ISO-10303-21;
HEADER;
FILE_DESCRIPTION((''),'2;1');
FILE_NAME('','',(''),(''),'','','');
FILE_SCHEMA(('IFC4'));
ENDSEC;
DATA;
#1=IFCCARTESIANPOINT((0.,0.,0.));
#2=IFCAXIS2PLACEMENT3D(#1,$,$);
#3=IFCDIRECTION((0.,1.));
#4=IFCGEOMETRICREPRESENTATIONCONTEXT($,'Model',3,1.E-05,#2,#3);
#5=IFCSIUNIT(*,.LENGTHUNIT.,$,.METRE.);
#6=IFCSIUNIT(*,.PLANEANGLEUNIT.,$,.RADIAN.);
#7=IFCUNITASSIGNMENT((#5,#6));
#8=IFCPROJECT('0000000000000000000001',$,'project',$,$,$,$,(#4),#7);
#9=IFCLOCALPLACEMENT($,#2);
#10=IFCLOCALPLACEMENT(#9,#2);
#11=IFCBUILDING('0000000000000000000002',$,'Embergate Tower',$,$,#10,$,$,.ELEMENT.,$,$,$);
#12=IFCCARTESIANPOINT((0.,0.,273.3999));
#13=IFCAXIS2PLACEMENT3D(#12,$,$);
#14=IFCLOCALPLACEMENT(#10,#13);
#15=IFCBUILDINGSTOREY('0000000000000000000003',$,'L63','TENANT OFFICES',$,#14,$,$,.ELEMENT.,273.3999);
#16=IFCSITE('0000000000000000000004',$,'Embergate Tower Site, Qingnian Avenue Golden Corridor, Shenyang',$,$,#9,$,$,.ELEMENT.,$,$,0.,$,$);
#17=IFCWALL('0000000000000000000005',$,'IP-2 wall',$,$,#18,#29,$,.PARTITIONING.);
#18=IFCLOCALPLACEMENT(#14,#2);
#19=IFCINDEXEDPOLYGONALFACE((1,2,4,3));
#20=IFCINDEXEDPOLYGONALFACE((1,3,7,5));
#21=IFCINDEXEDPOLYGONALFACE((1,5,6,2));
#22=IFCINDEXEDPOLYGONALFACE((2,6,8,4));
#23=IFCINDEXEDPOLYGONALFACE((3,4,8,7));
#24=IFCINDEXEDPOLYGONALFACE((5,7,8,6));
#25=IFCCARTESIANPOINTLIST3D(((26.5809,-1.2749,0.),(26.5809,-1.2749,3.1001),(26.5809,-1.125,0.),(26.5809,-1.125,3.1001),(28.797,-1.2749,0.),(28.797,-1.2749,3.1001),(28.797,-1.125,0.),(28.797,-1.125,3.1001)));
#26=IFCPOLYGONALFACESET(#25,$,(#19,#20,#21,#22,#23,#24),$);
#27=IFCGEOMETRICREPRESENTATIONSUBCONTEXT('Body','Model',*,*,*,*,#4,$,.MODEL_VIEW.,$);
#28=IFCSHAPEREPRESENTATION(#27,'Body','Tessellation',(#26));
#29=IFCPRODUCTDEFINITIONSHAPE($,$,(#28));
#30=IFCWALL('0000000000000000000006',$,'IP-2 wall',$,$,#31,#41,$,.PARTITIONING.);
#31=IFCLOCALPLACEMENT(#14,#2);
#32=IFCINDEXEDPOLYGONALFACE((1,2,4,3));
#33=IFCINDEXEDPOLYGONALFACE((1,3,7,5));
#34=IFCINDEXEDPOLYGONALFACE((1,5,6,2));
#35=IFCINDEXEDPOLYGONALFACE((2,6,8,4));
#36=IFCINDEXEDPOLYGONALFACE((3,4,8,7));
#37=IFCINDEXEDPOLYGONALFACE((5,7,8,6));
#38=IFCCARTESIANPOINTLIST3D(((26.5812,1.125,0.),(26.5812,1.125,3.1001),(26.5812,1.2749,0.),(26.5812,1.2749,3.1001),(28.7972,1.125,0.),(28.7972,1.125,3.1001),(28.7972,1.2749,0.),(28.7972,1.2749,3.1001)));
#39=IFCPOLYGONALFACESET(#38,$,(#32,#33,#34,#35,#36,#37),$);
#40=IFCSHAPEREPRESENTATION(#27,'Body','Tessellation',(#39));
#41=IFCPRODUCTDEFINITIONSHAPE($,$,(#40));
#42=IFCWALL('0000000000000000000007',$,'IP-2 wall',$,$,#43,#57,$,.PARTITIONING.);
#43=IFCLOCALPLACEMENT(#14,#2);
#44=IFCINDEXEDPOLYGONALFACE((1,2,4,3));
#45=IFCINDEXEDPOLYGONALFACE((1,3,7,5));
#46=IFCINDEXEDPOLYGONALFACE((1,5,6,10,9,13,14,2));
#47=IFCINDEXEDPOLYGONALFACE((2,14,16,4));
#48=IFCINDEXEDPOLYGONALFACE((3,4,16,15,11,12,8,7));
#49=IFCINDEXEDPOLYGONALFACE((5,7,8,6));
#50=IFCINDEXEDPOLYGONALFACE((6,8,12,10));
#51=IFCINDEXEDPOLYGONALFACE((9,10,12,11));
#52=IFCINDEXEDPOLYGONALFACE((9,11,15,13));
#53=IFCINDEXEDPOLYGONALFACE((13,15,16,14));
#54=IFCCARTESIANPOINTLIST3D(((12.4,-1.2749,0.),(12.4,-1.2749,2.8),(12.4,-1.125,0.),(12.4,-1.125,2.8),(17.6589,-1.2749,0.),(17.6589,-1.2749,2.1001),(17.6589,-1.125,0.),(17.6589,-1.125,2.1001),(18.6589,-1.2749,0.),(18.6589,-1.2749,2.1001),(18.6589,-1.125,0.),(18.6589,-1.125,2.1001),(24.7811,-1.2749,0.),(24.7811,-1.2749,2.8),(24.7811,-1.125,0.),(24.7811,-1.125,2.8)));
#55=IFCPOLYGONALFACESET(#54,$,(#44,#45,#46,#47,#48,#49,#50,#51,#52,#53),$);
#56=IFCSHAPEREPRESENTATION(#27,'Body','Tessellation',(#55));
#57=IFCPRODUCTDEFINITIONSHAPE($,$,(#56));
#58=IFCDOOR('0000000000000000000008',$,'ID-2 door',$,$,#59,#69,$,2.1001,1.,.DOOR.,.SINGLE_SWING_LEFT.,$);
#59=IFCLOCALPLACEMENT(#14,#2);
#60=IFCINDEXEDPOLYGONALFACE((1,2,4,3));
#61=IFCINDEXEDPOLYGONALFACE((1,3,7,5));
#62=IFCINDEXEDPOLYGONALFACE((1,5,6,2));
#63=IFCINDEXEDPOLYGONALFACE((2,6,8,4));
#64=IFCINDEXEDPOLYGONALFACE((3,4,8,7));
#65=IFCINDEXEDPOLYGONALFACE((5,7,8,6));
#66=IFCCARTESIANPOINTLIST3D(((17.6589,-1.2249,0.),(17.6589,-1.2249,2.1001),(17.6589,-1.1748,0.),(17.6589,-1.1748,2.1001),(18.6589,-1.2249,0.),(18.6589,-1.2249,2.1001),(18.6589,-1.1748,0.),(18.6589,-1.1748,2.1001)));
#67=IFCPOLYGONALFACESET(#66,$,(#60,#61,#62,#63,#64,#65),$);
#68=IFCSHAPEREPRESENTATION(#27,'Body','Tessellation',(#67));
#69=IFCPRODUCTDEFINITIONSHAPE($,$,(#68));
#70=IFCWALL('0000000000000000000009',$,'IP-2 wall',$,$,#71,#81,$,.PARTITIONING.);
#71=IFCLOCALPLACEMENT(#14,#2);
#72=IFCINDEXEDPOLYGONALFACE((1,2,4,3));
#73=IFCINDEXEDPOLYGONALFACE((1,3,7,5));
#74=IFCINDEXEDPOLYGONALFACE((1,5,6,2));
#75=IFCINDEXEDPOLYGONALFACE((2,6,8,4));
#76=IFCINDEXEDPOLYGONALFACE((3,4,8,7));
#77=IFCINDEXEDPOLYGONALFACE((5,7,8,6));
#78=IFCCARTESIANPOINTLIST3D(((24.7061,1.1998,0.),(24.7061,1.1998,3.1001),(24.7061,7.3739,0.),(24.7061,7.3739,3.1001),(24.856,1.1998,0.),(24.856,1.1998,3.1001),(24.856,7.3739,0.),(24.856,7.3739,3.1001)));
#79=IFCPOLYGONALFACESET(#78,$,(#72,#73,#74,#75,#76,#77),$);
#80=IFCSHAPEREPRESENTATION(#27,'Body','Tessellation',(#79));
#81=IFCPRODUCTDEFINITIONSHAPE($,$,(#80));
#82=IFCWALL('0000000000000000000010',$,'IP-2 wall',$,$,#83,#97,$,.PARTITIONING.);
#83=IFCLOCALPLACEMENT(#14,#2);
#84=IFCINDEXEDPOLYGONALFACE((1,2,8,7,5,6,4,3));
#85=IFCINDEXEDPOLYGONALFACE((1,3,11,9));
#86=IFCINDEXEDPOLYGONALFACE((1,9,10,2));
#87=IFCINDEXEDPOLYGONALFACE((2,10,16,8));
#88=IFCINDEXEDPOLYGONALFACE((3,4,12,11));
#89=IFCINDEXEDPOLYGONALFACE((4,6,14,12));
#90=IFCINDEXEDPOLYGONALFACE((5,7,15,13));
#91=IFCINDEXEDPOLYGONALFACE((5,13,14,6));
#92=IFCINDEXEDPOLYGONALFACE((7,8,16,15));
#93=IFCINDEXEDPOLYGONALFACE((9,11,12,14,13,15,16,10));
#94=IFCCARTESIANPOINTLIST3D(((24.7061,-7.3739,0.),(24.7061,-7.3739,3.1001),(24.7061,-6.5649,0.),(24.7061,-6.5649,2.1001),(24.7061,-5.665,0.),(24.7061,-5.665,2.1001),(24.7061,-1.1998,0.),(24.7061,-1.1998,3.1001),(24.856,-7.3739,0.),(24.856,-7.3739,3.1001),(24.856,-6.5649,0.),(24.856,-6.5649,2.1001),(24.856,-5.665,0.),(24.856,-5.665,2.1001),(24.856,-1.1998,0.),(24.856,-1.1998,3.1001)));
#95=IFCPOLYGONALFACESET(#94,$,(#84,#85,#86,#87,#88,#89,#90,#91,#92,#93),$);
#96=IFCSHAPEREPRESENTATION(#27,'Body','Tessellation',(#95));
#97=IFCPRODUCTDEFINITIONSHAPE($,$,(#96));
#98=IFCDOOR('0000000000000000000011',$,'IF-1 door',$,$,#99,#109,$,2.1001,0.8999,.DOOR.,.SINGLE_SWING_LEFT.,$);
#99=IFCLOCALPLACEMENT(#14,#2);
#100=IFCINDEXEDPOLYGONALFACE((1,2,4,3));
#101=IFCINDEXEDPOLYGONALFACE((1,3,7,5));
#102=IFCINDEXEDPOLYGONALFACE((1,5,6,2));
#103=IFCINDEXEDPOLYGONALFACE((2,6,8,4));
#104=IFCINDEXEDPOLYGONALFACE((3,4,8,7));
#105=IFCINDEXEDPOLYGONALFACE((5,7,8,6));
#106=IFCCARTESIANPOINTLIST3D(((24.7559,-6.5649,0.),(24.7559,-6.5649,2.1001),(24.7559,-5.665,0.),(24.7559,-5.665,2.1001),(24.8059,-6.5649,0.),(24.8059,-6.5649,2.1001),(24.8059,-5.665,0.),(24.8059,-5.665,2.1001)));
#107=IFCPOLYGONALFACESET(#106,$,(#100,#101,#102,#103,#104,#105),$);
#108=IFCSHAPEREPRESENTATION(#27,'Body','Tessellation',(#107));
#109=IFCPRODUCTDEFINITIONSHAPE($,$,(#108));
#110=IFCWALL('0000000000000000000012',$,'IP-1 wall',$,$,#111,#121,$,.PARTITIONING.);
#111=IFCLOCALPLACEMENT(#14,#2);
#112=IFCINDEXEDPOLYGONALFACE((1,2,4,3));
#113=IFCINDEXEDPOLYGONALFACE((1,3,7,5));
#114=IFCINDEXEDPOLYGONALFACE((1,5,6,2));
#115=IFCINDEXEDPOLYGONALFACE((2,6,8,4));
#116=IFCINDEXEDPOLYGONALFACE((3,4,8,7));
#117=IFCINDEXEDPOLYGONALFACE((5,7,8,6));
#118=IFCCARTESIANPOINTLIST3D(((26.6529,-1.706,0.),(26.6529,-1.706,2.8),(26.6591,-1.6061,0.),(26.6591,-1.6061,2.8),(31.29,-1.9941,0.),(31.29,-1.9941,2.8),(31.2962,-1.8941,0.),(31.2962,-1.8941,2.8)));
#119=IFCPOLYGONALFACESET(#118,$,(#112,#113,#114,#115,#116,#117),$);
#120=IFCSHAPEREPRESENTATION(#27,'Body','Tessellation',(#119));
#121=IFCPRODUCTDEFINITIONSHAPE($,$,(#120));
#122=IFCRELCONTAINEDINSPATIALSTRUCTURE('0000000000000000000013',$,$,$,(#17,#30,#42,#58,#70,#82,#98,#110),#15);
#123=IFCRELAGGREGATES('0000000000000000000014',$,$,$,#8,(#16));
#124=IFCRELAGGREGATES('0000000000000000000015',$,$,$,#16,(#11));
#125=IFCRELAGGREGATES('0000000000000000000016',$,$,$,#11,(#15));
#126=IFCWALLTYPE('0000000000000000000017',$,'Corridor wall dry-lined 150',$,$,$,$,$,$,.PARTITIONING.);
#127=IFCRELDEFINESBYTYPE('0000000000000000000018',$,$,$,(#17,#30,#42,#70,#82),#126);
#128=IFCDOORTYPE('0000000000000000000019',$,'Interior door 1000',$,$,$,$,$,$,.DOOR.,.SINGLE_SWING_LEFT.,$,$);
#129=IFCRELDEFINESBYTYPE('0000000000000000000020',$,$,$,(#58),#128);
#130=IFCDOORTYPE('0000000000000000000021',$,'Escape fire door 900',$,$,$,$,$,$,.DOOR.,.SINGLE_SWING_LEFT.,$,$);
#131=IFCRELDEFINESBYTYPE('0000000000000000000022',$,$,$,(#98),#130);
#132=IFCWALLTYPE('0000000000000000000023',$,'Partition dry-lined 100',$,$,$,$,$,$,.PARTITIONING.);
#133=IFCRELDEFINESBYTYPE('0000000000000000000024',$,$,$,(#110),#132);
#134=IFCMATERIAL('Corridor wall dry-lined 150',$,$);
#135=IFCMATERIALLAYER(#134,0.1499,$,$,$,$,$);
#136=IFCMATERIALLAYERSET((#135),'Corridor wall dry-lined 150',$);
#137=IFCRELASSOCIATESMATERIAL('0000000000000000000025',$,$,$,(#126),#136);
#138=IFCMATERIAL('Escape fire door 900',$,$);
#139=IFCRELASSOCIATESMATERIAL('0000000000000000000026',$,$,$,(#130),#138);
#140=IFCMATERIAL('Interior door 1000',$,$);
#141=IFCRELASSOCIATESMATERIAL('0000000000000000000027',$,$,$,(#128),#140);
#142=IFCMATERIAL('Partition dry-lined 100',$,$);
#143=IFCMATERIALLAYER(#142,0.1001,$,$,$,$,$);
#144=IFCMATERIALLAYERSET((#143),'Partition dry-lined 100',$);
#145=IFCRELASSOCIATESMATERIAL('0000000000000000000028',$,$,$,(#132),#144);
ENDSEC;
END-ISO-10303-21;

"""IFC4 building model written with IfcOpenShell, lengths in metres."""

from ifc_helpers import new_model, si_unit, direction, frame, frame_2d, origin, place, context, subcontext, project, spatial, rectangle, extrude, source, transform, mapped, material, layer, layer_set, type_object, element, fill, save


model = new_model("IFC4")

# Units and contexts
model_context = context("Model", 3, precision=1e-05, world=origin(), true_north=direction((0.0, 1.0)))
body_context = subcontext(model_context, "Body", "Model", "MODEL_VIEW")
ifc_project = project(units=[si_unit("LENGTHUNIT", "METRE"), si_unit("PLANEANGLEUNIT", "RADIAN")], contexts=[model_context])

# Site, building, storey
site_placement = place(None, origin())
site = spatial("IfcSite", under=ifc_project, at=site_placement, Name="Embergate Tower Site, Qingnian Avenue Golden Corridor, Shenyang", CompositionType="ELEMENT", RefElevation=0.0)
building_placement = place(site_placement, origin())
building = spatial("IfcBuilding", under=site, at=building_placement, Name="Embergate Tower", CompositionType="ELEMENT")
storey_placement = place(building_placement, frame((0.0, 0.0, 273.3999)))
storey = spatial("IfcBuildingStorey", under=building, at=storey_placement, Name="L63", Description="TENANT OFFICES", CompositionType="ELEMENT", Elevation=273.3999)

# Shared definitions
ifc_material_1 = material(Name="Corridor wall dry-lined 150")
ifc_layer_1 = layer(ifc_material_1, 0.1499)
ifc_layer_set_1 = layer_set([ifc_layer_1], Name="Corridor wall dry-lined 150")
wall_type_1 = type_object("IfcWallType", Name="Corridor wall dry-lined 150", PredefinedType="PARTITIONING", material=ifc_layer_set_1)

# Shared definitions
shared_shape_1 = source(origin(), body_context, "Body", "SweptSolid", [
    extrude(rectangle(XDim=0.8999, YDim=2.1001, at=frame_2d((0.45, 1.05))), frame((0.0, 0.085, 0.0), z_axis=(0.0, -1.0, 0.0), x_axis=(1.0, 0.0, 0.0)), (0.0, 0.0, 1.0), 0.1699),
])
ifc_material_2 = material(Name="Escape fire door 900")
door_type_1 = type_object("IfcDoorType", Name="Escape fire door 900", OperationType="SINGLE_SWING_LEFT", PredefinedType="DOOR", material=ifc_material_2)
shared_shape_2 = source(origin(), body_context, "Body", "SweptSolid", [
    extrude(rectangle(XDim=0.8999, YDim=2.1001, at=frame_2d((0.45, 1.05))), frame((0.0, 0.0249, 0.0), z_axis=(0.0, -1.0, 0.0), x_axis=(1.0, 0.0, 0.0)), (0.0, 0.0, 1.0), 0.05),
])

# Walls
shared_shape_3 = source(origin(), body_context, "Body", "SweptSolid", [
    extrude(rectangle(XDim=2.2161, YDim=0.1499, at=frame_2d((1.1079, 0.0))), origin(), (0.0, 0.0, 1.0), 3.1001),
])
for number, where, z_axis, x_axis, name in (
    (1, (26.5811, -1.2, 0.0), (0.0, 0.0, 1.0), (1.0, 0.0, 0.0), "IP-2 wall"),
    (2, (28.7971, 1.2, 0.0), (0.0, 0.0, 1.0), (-1.0, 0.0, 0.0), "IP-2 wall"),
):
    element("IfcWall", number, at=place(storey_placement, frame(where, z_axis=z_axis, x_axis=x_axis)), inside=storey, type_object=wall_type_1, Name=name, PredefinedType="PARTITIONING", context=body_context, shape_type="MappedRepresentation", body=[
        mapped(shared_shape_3, transform((0.0, 0.0, 0.0))),
    ])

# Wall, opening, door
shared_shape_4 = source(origin(), body_context, "Body", "SweptSolid", [
    extrude(rectangle(XDim=12.3811, YDim=0.1499, at=frame_2d((6.1904, 0.0))), origin(), (0.0, 0.0, 1.0), 2.8),
])
wall_1_placement = place(storey_placement, frame((24.781, -1.2, 0.0), z_axis=(0.0, 0.0, 1.0), x_axis=(-1.0, 0.0, 0.0)))
wall_1 = element("IfcWall", 3, at=wall_1_placement, inside=storey, type_object=wall_type_1, Name="IP-2 wall", PredefinedType="PARTITIONING", context=body_context, shape_type="MappedRepresentation", body=[
    mapped(shared_shape_4, transform((0.0, 0.0, 0.0))),
])
shared_shape_5 = source(origin(), body_context, "Body", "SweptSolid", [
    extrude(rectangle(XDim=1.0, YDim=2.1001, at=frame_2d((0.5, 1.05))), frame((0.0, 0.085, 0.0), z_axis=(0.0, -1.0, 0.0), x_axis=(1.0, 0.0, 0.0)), (0.0, 0.0, 1.0), 0.1699),
])
opening_1_placement = place(wall_1_placement, frame((6.1221, 0.0, 0.0)))
opening_1 = element("IfcOpeningElement", 4, at=opening_1_placement, cuts=wall_1, PredefinedType="OPENING", context=body_context, shape_type="MappedRepresentation", body=[
    mapped(shared_shape_5, transform((0.0, 0.0, 0.0))),
])
ifc_material_3 = material(Name="Interior door 1000")
door_type_2 = type_object("IfcDoorType", Name="Interior door 1000", OperationType="SINGLE_SWING_LEFT", PredefinedType="DOOR", material=ifc_material_3)
shared_shape_6 = source(origin(), body_context, "Body", "SweptSolid", [
    extrude(rectangle(XDim=1.0, YDim=2.1001, at=frame_2d((0.5, 1.05))), frame((0.0, 0.0249, 0.0), z_axis=(0.0, -1.0, 0.0), x_axis=(1.0, 0.0, 0.0)), (0.0, 0.0, 1.0), 0.05),
])
door_1_placement = place(opening_1_placement, origin())
door_1 = element("IfcDoor", 5, at=door_1_placement, inside=storey, type_object=door_type_2, Name="ID-2 door", OperationType="SINGLE_SWING_LEFT", OverallHeight=2.1001, OverallWidth=1.0, PredefinedType="DOOR", context=body_context, shape_type="MappedRepresentation", body=[
    mapped(shared_shape_6, transform((0.0, 0.0, 0.0))),
])
fill(opening_1, door_1)

# Wall
shared_shape_7 = source(origin(), body_context, "Body", "SweptSolid", [
    extrude(rectangle(XDim=6.1741, YDim=0.1499, at=frame_2d((3.0869, 0.0))), origin(), (0.0, 0.0, 1.0), 3.1001),
])
wall_2_placement = place(storey_placement, frame((24.781, 1.2, 0.0), z_axis=(0.0, 0.0, 1.0), x_axis=(0.0, 1.0, 0.0)))
element("IfcWall", 6, at=wall_2_placement, inside=storey, type_object=wall_type_1, Name="IP-2 wall", PredefinedType="PARTITIONING", context=body_context, shape_type="MappedRepresentation", body=[
    mapped(shared_shape_7, transform((0.0, 0.0, 0.0))),
])

# Wall, opening, door
wall_3_placement = place(storey_placement, frame((24.781, -1.2, 0.0), z_axis=(0.0, 0.0, 1.0), x_axis=(0.0, -1.0, 0.0)))
wall_3 = element("IfcWall", 7, at=wall_3_placement, inside=storey, type_object=wall_type_1, Name="IP-2 wall", PredefinedType="PARTITIONING", context=body_context, shape_type="MappedRepresentation", body=[
    mapped(shared_shape_7, transform((0.0, 0.0, 0.0))),
])
opening_2_placement = place(wall_3_placement, frame((4.4651, 0.0, 0.0)))
opening_2 = element("IfcOpeningElement", 8, at=opening_2_placement, cuts=wall_3, PredefinedType="OPENING", context=body_context, shape_type="MappedRepresentation", body=[
    mapped(shared_shape_1, transform((0.0, 0.0, 0.0))),
])
door_2_placement = place(opening_2_placement, origin())
door_2 = element("IfcDoor", 9, at=door_2_placement, inside=storey, type_object=door_type_1, Name="IF-1 door", OperationType="SINGLE_SWING_LEFT", OverallHeight=2.1001, OverallWidth=0.8999, PredefinedType="DOOR", context=body_context, shape_type="MappedRepresentation", body=[
    mapped(shared_shape_2, transform((0.0, 0.0, 0.0))),
])
fill(opening_2, door_2)

# Wall
ifc_material_4 = material(Name="Partition dry-lined 100")
ifc_layer_2 = layer(ifc_material_4, 0.1001)
ifc_layer_set_2 = layer_set([ifc_layer_2], Name="Partition dry-lined 100")
wall_type_2 = type_object("IfcWallType", Name="Partition dry-lined 100", PredefinedType="PARTITIONING", material=ifc_layer_set_2)
shared_shape_8 = source(origin(), body_context, "Body", "SweptSolid", [
    extrude(rectangle(XDim=4.646, YDim=0.1001, at=frame_2d((2.323, 0.0))), origin(), (0.0, 0.0, 1.0), 2.8),
])
wall_4_placement = place(storey_placement, frame((26.656, -1.656, 0.0), z_axis=(0.0, 0.0, 1.0), x_axis=(0.998076, -0.062009, 0.0)))
element("IfcWall", 10, at=wall_4_placement, inside=storey, type_object=wall_type_2, Name="IP-1 wall", PredefinedType="PARTITIONING", context=body_context, shape_type="MappedRepresentation", body=[
    mapped(shared_shape_8, transform((0.0, 0.0, 0.0))),
])

save(model, "model.ifc")
